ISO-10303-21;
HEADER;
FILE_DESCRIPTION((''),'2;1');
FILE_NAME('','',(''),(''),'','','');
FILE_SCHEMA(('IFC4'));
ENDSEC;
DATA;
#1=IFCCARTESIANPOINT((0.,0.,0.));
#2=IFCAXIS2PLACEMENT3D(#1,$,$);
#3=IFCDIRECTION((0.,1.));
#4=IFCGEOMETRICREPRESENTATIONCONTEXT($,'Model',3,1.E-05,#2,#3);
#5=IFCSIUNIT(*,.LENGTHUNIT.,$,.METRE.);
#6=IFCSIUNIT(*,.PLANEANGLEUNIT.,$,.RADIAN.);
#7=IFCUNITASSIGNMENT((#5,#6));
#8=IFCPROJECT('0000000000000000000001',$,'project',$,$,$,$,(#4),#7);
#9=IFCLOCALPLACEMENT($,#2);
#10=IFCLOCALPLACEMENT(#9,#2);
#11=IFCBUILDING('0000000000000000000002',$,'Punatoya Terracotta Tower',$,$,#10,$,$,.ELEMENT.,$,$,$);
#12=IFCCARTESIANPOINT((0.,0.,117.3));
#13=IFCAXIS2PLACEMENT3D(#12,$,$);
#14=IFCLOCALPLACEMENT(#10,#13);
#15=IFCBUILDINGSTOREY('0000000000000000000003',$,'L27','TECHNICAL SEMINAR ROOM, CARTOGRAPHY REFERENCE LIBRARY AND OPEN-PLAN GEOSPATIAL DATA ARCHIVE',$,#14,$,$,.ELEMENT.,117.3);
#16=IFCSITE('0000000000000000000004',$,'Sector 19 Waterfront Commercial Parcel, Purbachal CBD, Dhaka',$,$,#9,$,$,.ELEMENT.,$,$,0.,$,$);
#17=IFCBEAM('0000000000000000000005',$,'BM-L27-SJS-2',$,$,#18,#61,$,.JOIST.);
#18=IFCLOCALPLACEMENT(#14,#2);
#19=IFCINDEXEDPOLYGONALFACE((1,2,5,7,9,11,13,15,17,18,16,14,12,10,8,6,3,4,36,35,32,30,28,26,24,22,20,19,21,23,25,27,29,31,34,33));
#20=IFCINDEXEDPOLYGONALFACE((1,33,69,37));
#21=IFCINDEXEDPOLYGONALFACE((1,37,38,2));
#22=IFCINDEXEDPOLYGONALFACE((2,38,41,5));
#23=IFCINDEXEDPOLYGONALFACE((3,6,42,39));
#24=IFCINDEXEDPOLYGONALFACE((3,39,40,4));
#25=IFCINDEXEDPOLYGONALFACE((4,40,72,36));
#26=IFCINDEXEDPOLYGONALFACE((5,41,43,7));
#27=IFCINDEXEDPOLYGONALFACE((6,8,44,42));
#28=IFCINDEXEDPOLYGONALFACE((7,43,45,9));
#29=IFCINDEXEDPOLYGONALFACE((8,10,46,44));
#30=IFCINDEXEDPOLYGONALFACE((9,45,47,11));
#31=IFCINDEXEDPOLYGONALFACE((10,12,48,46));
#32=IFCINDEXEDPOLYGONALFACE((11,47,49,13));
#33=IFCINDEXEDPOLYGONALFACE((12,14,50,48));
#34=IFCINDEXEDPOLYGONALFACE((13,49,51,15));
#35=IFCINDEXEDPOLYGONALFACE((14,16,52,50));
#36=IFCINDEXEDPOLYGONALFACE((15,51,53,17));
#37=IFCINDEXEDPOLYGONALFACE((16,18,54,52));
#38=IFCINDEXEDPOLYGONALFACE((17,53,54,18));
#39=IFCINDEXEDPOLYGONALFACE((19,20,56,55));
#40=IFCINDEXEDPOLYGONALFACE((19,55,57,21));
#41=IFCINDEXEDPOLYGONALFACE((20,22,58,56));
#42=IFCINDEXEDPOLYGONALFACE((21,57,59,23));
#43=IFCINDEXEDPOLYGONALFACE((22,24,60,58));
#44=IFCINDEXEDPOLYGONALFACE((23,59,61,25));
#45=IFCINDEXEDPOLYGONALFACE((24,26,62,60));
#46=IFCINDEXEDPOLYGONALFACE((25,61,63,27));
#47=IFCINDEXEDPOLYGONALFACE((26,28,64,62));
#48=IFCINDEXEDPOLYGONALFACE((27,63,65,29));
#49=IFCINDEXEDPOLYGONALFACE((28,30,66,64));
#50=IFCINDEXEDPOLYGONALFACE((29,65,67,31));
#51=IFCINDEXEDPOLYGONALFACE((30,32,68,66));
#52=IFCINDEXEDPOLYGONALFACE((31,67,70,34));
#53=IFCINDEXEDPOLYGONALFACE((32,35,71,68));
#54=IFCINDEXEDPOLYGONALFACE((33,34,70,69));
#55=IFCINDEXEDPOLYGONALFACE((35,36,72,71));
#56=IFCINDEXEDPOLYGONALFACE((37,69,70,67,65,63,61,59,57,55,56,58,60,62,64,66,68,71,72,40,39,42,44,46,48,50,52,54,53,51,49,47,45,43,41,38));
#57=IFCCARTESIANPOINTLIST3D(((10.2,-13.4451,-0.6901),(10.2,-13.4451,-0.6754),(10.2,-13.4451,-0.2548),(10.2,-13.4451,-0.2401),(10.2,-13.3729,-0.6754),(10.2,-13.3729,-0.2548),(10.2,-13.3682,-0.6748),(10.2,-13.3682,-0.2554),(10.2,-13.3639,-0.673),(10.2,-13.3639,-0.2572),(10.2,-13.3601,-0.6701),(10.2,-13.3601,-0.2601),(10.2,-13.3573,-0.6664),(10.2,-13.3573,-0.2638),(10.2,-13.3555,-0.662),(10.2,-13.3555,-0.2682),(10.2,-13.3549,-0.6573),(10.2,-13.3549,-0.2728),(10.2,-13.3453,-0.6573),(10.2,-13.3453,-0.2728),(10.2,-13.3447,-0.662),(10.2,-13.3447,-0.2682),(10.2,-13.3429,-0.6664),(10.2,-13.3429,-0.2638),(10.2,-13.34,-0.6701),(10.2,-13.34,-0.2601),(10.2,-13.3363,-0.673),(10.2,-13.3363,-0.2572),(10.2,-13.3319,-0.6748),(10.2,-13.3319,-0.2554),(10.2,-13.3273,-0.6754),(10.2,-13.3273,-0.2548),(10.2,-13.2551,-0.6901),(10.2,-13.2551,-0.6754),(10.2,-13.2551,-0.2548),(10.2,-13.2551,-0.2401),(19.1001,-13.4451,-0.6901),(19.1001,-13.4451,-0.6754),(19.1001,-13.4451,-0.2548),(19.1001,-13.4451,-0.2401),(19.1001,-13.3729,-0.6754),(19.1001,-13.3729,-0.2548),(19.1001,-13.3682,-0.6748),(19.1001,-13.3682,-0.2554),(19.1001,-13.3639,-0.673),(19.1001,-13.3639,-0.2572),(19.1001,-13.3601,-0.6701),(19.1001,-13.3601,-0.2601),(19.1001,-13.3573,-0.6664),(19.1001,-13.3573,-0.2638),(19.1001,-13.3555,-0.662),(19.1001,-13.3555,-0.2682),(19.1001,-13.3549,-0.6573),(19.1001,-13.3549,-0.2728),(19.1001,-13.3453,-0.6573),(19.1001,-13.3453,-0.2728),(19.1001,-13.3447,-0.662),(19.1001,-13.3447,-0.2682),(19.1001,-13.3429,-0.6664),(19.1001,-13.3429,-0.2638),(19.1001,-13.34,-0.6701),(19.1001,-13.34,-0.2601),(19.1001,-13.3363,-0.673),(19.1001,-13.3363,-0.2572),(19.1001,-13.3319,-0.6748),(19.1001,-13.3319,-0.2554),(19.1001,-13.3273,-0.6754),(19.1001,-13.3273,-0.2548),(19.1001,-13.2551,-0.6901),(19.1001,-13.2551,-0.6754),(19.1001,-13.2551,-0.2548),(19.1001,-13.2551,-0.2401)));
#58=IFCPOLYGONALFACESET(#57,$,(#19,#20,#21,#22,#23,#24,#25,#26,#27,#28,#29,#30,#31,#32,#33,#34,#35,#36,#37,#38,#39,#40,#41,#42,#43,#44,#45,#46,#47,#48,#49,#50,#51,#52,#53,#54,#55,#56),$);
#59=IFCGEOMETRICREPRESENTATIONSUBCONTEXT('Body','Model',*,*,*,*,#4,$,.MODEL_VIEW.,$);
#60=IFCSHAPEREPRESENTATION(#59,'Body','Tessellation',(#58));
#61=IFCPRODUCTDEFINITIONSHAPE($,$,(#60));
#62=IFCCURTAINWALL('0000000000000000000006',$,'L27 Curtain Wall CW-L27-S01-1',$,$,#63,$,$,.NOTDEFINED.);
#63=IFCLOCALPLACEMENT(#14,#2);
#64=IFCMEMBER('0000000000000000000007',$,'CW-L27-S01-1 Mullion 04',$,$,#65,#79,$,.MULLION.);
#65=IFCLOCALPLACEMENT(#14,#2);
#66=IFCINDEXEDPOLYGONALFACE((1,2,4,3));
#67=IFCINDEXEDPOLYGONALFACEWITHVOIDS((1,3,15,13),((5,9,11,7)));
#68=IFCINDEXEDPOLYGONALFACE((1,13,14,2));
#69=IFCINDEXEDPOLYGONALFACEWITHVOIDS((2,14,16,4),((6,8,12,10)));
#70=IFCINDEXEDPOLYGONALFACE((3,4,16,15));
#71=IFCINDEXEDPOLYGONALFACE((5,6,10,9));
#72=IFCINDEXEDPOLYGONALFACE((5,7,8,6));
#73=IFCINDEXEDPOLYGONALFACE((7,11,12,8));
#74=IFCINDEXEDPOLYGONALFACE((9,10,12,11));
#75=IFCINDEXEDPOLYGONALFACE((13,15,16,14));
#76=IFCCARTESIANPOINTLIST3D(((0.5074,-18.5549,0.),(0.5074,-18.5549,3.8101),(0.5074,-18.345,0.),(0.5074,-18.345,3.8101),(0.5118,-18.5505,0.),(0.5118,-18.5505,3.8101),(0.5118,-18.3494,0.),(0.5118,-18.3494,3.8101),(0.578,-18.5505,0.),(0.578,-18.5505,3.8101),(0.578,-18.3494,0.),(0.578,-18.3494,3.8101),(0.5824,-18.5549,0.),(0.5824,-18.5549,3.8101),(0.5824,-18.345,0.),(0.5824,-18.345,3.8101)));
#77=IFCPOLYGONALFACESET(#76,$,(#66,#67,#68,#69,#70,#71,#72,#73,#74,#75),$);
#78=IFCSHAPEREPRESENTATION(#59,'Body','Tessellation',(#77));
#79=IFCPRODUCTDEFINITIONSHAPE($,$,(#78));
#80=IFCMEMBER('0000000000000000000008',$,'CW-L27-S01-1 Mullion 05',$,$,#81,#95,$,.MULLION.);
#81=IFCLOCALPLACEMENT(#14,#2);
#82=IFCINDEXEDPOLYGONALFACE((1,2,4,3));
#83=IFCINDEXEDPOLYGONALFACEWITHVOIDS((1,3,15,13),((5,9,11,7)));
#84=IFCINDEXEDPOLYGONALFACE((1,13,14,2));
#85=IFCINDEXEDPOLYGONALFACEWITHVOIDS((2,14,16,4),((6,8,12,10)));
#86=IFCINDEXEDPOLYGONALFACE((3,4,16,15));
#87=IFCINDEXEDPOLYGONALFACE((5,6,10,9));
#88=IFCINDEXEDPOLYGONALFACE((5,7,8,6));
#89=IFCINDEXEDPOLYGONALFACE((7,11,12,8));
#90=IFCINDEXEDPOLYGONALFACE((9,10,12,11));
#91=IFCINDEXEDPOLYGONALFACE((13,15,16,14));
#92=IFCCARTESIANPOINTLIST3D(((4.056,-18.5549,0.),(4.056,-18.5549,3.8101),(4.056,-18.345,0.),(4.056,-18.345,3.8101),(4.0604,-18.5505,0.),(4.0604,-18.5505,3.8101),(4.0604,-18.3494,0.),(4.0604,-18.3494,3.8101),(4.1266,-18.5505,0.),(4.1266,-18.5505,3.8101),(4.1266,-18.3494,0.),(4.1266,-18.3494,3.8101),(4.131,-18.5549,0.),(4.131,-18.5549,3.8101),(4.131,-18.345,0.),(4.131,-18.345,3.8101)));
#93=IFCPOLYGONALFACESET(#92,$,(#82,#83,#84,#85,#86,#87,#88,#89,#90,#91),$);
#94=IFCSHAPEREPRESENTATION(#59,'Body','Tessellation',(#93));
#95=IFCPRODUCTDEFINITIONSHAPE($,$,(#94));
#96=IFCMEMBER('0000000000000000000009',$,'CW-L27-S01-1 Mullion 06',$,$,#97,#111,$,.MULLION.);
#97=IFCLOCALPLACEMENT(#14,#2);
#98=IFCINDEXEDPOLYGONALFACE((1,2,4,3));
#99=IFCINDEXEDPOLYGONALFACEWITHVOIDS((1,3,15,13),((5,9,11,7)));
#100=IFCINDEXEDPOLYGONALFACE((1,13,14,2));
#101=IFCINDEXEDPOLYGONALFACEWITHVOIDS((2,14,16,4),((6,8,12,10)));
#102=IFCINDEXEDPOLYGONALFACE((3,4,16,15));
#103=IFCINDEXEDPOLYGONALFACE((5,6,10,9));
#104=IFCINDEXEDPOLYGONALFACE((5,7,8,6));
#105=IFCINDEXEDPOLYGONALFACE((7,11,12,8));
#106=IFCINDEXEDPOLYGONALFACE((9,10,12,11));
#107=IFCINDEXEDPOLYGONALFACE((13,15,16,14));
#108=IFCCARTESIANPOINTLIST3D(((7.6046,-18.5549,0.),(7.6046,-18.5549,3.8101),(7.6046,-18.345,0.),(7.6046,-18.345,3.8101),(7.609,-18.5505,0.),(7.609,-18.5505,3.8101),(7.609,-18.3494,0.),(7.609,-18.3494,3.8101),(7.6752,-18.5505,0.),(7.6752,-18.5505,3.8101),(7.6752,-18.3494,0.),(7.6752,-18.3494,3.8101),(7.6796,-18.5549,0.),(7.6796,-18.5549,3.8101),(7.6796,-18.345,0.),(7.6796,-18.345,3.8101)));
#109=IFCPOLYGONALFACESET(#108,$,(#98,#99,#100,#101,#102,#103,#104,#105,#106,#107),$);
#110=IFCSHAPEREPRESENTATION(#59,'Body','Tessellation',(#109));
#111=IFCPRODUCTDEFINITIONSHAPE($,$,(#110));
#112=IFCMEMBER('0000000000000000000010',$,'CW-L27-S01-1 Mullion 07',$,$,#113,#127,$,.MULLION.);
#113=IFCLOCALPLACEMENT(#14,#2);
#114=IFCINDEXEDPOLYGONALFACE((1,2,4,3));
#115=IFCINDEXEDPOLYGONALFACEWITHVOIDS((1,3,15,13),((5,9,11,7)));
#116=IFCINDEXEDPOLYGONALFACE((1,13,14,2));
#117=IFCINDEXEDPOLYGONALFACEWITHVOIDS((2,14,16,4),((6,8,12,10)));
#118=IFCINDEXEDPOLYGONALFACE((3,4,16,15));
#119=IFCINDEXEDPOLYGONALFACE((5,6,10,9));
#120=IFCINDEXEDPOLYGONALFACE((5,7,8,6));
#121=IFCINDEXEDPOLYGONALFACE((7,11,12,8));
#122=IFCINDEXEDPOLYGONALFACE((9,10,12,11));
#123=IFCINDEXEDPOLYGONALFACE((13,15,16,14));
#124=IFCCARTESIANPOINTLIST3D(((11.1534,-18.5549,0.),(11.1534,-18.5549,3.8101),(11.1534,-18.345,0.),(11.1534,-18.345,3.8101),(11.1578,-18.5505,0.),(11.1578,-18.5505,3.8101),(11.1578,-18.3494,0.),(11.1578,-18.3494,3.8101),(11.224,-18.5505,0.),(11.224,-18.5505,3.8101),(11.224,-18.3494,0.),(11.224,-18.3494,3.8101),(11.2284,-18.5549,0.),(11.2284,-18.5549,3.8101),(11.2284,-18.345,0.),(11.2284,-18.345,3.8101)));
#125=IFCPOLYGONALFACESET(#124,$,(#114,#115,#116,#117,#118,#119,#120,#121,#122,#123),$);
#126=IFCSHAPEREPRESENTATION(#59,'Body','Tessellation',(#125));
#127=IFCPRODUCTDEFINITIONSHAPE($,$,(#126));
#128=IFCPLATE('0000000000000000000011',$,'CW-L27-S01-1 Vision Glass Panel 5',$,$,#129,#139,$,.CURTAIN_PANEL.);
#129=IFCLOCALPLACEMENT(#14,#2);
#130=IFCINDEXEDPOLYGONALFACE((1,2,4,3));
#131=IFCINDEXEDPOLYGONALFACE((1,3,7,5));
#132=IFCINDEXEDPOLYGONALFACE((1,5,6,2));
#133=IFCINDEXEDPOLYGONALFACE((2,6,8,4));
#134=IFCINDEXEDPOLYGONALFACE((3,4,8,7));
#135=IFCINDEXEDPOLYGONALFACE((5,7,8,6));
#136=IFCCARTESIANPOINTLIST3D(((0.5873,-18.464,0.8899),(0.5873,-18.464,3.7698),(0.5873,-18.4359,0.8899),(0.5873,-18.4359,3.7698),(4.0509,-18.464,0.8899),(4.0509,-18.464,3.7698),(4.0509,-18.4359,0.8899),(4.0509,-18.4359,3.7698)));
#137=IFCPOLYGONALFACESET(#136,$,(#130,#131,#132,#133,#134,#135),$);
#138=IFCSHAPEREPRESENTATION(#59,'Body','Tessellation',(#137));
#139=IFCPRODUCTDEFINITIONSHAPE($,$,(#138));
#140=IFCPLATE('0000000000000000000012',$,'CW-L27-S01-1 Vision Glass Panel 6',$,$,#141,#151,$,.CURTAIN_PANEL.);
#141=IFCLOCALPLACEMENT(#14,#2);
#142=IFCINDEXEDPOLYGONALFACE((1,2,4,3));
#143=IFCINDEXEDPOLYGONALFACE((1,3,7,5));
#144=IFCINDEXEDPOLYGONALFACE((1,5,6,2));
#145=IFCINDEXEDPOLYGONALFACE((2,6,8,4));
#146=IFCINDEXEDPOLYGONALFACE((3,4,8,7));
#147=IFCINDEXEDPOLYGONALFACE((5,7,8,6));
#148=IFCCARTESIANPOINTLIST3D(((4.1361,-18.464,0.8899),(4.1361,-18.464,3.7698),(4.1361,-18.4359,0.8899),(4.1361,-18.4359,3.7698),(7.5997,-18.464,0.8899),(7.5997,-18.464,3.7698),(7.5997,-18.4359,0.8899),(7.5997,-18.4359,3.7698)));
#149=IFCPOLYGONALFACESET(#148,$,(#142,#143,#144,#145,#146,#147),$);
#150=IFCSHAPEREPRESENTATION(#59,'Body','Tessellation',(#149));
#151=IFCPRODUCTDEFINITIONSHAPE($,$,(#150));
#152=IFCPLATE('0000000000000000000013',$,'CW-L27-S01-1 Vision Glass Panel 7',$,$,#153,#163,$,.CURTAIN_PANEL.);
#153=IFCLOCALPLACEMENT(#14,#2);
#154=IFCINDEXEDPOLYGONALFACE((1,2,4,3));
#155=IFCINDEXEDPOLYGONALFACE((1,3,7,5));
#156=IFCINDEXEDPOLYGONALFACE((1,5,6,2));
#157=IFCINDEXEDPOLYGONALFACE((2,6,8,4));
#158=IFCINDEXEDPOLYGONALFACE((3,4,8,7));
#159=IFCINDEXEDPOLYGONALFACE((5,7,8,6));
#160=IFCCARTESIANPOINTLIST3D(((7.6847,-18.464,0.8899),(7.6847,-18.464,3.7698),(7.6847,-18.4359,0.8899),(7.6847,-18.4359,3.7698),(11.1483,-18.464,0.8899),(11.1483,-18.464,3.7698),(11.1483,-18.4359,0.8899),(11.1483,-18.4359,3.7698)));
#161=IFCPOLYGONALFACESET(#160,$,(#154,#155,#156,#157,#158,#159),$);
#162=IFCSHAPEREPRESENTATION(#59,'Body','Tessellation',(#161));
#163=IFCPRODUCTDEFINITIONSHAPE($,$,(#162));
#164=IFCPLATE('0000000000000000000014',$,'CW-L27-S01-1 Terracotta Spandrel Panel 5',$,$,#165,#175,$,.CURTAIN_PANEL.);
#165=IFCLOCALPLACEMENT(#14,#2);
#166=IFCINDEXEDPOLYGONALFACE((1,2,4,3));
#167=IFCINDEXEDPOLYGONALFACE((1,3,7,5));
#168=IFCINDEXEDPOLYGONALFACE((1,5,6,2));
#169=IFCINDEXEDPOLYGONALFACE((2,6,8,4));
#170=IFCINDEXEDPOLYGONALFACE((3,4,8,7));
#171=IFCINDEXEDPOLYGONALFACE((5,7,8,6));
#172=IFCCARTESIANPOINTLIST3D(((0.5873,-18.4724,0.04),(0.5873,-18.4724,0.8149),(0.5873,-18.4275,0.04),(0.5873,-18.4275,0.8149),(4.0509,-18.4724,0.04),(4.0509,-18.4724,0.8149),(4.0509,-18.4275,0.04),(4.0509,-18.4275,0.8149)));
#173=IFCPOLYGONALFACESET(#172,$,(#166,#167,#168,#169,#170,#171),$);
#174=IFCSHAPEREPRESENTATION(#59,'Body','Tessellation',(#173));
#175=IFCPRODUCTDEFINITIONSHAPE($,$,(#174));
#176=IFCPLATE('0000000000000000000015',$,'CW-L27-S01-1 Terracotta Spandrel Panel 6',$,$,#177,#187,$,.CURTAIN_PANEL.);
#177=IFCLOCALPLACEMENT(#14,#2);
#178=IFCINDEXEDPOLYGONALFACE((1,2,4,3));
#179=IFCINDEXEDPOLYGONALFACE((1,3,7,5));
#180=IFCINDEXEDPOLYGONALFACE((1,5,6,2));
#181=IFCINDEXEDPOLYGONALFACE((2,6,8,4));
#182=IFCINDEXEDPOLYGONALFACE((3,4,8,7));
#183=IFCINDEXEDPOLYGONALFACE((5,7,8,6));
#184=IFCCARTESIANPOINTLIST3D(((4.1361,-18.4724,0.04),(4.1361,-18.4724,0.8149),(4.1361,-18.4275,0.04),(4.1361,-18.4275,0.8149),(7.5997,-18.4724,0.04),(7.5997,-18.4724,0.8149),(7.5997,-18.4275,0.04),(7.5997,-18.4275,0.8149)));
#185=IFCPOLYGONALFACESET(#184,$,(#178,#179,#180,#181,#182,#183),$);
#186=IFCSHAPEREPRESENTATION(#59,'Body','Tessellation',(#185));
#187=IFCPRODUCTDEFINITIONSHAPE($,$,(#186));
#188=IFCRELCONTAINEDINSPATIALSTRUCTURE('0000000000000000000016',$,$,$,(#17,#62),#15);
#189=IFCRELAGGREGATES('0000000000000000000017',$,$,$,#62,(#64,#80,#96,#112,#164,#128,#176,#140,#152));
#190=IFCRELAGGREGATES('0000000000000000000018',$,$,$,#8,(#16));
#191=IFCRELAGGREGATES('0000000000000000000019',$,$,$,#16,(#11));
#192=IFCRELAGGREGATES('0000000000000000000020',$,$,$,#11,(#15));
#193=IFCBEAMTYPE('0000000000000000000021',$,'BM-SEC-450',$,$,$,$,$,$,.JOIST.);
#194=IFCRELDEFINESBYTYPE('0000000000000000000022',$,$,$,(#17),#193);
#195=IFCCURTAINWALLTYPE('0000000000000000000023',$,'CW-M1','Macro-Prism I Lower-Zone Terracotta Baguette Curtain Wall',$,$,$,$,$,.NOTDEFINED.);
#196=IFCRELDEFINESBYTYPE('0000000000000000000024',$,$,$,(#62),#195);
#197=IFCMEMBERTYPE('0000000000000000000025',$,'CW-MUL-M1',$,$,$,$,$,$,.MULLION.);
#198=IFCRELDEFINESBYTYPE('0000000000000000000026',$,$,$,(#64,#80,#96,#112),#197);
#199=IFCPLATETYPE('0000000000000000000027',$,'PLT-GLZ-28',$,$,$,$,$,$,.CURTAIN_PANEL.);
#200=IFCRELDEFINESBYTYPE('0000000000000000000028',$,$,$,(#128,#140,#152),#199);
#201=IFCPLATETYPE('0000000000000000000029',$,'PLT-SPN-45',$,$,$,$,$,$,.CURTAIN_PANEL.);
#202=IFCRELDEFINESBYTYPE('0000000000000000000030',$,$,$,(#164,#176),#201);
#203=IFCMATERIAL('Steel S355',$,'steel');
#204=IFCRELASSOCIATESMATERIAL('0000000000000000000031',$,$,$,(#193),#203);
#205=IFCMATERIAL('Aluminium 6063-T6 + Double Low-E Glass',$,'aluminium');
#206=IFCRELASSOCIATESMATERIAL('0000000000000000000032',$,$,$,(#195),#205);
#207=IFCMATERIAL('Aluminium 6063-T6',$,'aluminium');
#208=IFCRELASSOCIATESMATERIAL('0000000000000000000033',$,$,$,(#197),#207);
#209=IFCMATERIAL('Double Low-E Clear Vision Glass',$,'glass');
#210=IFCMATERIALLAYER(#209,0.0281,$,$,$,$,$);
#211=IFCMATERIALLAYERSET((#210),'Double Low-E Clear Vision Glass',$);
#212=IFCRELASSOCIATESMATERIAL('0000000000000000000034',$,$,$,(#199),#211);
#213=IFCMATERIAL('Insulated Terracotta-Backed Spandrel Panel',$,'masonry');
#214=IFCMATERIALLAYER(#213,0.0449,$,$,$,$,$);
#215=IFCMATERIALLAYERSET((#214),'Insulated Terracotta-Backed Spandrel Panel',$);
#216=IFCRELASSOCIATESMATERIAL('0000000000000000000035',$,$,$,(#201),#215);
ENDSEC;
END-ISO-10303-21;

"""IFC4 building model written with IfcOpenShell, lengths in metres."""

from ifc_helpers import new_model, si_unit, direction, frame, origin, origin_2d, place, context, subcontext, project, spatial, rectangle, hollow_rectangle, i_section, extrude, material, layer, layer_set, material_profile, profile_set, type_object, element, aggregate, save


model = new_model("IFC4")

# Units and contexts
model_context = context("Model", 3, precision=1e-05, world=origin(), true_north=direction((0.0, 1.0)))
body_context = subcontext(model_context, "Body", "Model", "MODEL_VIEW")
ifc_project = project(units=[si_unit("LENGTHUNIT", "METRE"), si_unit("PLANEANGLEUNIT", "RADIAN")], contexts=[model_context])

# Site, building, storey
site_placement = place(None, origin())
site = spatial("IfcSite", under=ifc_project, at=site_placement, Name="Sector 19 Waterfront Commercial Parcel, Purbachal CBD, Dhaka", CompositionType="ELEMENT", RefElevation=0.0)
building_placement = place(site_placement, origin())
building = spatial("IfcBuilding", under=site, at=building_placement, Name="Punatoya Terracotta Tower", CompositionType="ELEMENT")
storey_placement = place(building_placement, frame((0.0, 0.0, 117.3)))
storey = spatial("IfcBuildingStorey", under=building, at=storey_placement, Name="L27", Description="TECHNICAL SEMINAR ROOM, CARTOGRAPHY REFERENCE LIBRARY AND OPEN-PLAN GEOSPATIAL DATA ARCHIVE", CompositionType="ELEMENT", Elevation=117.3)

# Beam
ifc_material_1 = material(Name="Steel S355", Category="steel")
ifc_material_profile_1 = material_profile(ifc_material_1, i_section(OverallWidth=0.1899, OverallDepth=0.45, WebThickness=0.0095, FlangeThickness=0.0146, FilletRadius=0.0181, at=origin_2d()))
ifc_profile_set_1 = profile_set([ifc_material_profile_1], Name="Steel S355")
beam_type_1 = type_object("IfcBeamType", Name="BM-SEC-450", PredefinedType="JOIST", material=ifc_profile_set_1)
beam_1_placement = place(storey_placement, frame((10.2, -13.3501, -0.4651), z_axis=(1.0, 0.0, 0.0), x_axis=(0.0, 1.0, 0.0)))
element("IfcBeam", 1, at=beam_1_placement, inside=storey, type_object=beam_type_1, Name="BM-L27-SJS-2", PredefinedType="JOIST", context=body_context, shape_type="SweptSolid", body=[
    extrude(i_section(OverallWidth=0.1899, OverallDepth=0.45, WebThickness=0.0095, FlangeThickness=0.0146, FilletRadius=0.0181, at=origin_2d()), origin(), (0.0, 0.0, 1.0), 8.9001),
])

# Curtain wall, members, plates
ifc_material_2 = material(Name="Aluminium 6063-T6 + Double Low-E Glass", Category="aluminium")
curtain_wall_type = type_object("IfcCurtainWallType", Name="CW-M1", Description="Macro-Prism I Lower-Zone Terracotta Baguette Curtain Wall", PredefinedType="NOTDEFINED", material=ifc_material_2)
curtain_wall_placement = place(storey_placement, origin())
curtain_wall = element("IfcCurtainWall", 2, at=curtain_wall_placement, inside=storey, type_object=curtain_wall_type, Name="L27 Curtain Wall CW-L27-S01-1", PredefinedType="NOTDEFINED")
ifc_material_3 = material(Name="Aluminium 6063-T6", Category="aluminium")
ifc_material_profile_2 = material_profile(ifc_material_3, hollow_rectangle(XDim=0.075, YDim=0.21, WallThickness=0.0044, at=origin_2d()))
ifc_profile_set_2 = profile_set([ifc_material_profile_2], Name="Aluminium 6063-T6")
member_type = type_object("IfcMemberType", Name="CW-MUL-M1", PredefinedType="MULLION", material=ifc_profile_set_2)
member_1_placement = place(storey_placement, frame((0.5449, -18.45, 0.0), z_axis=(0.0, 0.0, 1.0), x_axis=(1.0, 0.0, 0.0)))
member_1 = element("IfcMember", 3, at=member_1_placement, type_object=member_type, Name="CW-L27-S01-1 Mullion 04", PredefinedType="MULLION", context=body_context, shape_type="SweptSolid", body=[
    extrude(hollow_rectangle(XDim=0.075, YDim=0.21, WallThickness=0.0044, at=origin_2d()), origin(), (0.0, 0.0, 1.0), 3.8101),
])
member_2_placement = place(storey_placement, frame((4.0935, -18.45, 0.0), z_axis=(0.0, 0.0, 1.0), x_axis=(1.0, 0.0, 0.0)))
member_2 = element("IfcMember", 4, at=member_2_placement, type_object=member_type, Name="CW-L27-S01-1 Mullion 05", PredefinedType="MULLION", context=body_context, shape_type="SweptSolid", body=[
    extrude(hollow_rectangle(XDim=0.075, YDim=0.21, WallThickness=0.0044, at=origin_2d()), origin(), (0.0, 0.0, 1.0), 3.8101),
])
member_3_placement = place(storey_placement, frame((7.6421, -18.45, 0.0), z_axis=(0.0, 0.0, 1.0), x_axis=(1.0, 0.0, 0.0)))
member_3 = element("IfcMember", 5, at=member_3_placement, type_object=member_type, Name="CW-L27-S01-1 Mullion 06", PredefinedType="MULLION", context=body_context, shape_type="SweptSolid", body=[
    extrude(hollow_rectangle(XDim=0.075, YDim=0.21, WallThickness=0.0044, at=origin_2d()), origin(), (0.0, 0.0, 1.0), 3.8101),
])
member_4_placement = place(storey_placement, frame((11.1909, -18.45, 0.0), z_axis=(0.0, 0.0, 1.0), x_axis=(1.0, 0.0, 0.0)))
member_4 = element("IfcMember", 6, at=member_4_placement, type_object=member_type, Name="CW-L27-S01-1 Mullion 07", PredefinedType="MULLION", context=body_context, shape_type="SweptSolid", body=[
    extrude(hollow_rectangle(XDim=0.075, YDim=0.21, WallThickness=0.0044, at=origin_2d()), origin(), (0.0, 0.0, 1.0), 3.8101),
])
ifc_material_4 = material(Name="Double Low-E Clear Vision Glass", Category="glass")
ifc_layer_1 = layer(ifc_material_4, 0.0281)
ifc_layer_set_1 = layer_set([ifc_layer_1], Name="Double Low-E Clear Vision Glass")
plate_type_1 = type_object("IfcPlateType", Name="PLT-GLZ-28", PredefinedType="CURTAIN_PANEL", material=ifc_layer_set_1)
plate_1_placement = place(storey_placement, frame((2.3191, -18.45, 0.8899), z_axis=(0.0, 0.0, 1.0), x_axis=(1.0, 0.0, 0.0)))
plate_1 = element("IfcPlate", 7, at=plate_1_placement, type_object=plate_type_1, Name="CW-L27-S01-1 Vision Glass Panel 5", PredefinedType="CURTAIN_PANEL", context=body_context, shape_type="SweptSolid", body=[
    extrude(rectangle(XDim=3.4636, YDim=0.0281, at=origin_2d()), origin(), (0.0, 0.0, 1.0), 2.8799),
])
plate_2_placement = place(storey_placement, frame((5.8679, -18.45, 0.8899), z_axis=(0.0, 0.0, 1.0), x_axis=(1.0, 0.0, 0.0)))
plate_2 = element("IfcPlate", 8, at=plate_2_placement, type_object=plate_type_1, Name="CW-L27-S01-1 Vision Glass Panel 6", PredefinedType="CURTAIN_PANEL", context=body_context, shape_type="SweptSolid", body=[
    extrude(rectangle(XDim=3.4636, YDim=0.0281, at=origin_2d()), origin(), (0.0, 0.0, 1.0), 2.8799),
])
plate_3_placement = place(storey_placement, frame((9.4165, -18.45, 0.8899), z_axis=(0.0, 0.0, 1.0), x_axis=(1.0, 0.0, 0.0)))
plate_3 = element("IfcPlate", 9, at=plate_3_placement, type_object=plate_type_1, Name="CW-L27-S01-1 Vision Glass Panel 7", PredefinedType="CURTAIN_PANEL", context=body_context, shape_type="SweptSolid", body=[
    extrude(rectangle(XDim=3.4636, YDim=0.0281, at=origin_2d()), origin(), (0.0, 0.0, 1.0), 2.8799),
])
ifc_material_5 = material(Name="Insulated Terracotta-Backed Spandrel Panel", Category="masonry")
ifc_layer_2 = layer(ifc_material_5, 0.0449)
ifc_layer_set_2 = layer_set([ifc_layer_2], Name="Insulated Terracotta-Backed Spandrel Panel")
plate_type_2 = type_object("IfcPlateType", Name="PLT-SPN-45", PredefinedType="CURTAIN_PANEL", material=ifc_layer_set_2)
plate_4_placement = place(storey_placement, frame((2.3191, -18.45, 0.04), z_axis=(0.0, 0.0, 1.0), x_axis=(1.0, 0.0, 0.0)))
plate_4 = element("IfcPlate", 10, at=plate_4_placement, type_object=plate_type_2, Name="CW-L27-S01-1 Terracotta Spandrel Panel 5", PredefinedType="CURTAIN_PANEL", context=body_context, shape_type="SweptSolid", body=[
    extrude(rectangle(XDim=3.4636, YDim=0.0449, at=origin_2d()), origin(), (0.0, 0.0, 1.0), 0.7749),
])
plate_5_placement = place(storey_placement, frame((5.8679, -18.45, 0.04), z_axis=(0.0, 0.0, 1.0), x_axis=(1.0, 0.0, 0.0)))
plate_5 = element("IfcPlate", 11, at=plate_5_placement, type_object=plate_type_2, Name="CW-L27-S01-1 Terracotta Spandrel Panel 6", PredefinedType="CURTAIN_PANEL", context=body_context, shape_type="SweptSolid", body=[
    extrude(rectangle(XDim=3.4636, YDim=0.0449, at=origin_2d()), origin(), (0.0, 0.0, 1.0), 0.7749),
])
aggregate(curtain_wall, [member_1, member_2, member_3, member_4, plate_4, plate_1, plate_5, plate_2, plate_3])

save(model, "model.ifc")
